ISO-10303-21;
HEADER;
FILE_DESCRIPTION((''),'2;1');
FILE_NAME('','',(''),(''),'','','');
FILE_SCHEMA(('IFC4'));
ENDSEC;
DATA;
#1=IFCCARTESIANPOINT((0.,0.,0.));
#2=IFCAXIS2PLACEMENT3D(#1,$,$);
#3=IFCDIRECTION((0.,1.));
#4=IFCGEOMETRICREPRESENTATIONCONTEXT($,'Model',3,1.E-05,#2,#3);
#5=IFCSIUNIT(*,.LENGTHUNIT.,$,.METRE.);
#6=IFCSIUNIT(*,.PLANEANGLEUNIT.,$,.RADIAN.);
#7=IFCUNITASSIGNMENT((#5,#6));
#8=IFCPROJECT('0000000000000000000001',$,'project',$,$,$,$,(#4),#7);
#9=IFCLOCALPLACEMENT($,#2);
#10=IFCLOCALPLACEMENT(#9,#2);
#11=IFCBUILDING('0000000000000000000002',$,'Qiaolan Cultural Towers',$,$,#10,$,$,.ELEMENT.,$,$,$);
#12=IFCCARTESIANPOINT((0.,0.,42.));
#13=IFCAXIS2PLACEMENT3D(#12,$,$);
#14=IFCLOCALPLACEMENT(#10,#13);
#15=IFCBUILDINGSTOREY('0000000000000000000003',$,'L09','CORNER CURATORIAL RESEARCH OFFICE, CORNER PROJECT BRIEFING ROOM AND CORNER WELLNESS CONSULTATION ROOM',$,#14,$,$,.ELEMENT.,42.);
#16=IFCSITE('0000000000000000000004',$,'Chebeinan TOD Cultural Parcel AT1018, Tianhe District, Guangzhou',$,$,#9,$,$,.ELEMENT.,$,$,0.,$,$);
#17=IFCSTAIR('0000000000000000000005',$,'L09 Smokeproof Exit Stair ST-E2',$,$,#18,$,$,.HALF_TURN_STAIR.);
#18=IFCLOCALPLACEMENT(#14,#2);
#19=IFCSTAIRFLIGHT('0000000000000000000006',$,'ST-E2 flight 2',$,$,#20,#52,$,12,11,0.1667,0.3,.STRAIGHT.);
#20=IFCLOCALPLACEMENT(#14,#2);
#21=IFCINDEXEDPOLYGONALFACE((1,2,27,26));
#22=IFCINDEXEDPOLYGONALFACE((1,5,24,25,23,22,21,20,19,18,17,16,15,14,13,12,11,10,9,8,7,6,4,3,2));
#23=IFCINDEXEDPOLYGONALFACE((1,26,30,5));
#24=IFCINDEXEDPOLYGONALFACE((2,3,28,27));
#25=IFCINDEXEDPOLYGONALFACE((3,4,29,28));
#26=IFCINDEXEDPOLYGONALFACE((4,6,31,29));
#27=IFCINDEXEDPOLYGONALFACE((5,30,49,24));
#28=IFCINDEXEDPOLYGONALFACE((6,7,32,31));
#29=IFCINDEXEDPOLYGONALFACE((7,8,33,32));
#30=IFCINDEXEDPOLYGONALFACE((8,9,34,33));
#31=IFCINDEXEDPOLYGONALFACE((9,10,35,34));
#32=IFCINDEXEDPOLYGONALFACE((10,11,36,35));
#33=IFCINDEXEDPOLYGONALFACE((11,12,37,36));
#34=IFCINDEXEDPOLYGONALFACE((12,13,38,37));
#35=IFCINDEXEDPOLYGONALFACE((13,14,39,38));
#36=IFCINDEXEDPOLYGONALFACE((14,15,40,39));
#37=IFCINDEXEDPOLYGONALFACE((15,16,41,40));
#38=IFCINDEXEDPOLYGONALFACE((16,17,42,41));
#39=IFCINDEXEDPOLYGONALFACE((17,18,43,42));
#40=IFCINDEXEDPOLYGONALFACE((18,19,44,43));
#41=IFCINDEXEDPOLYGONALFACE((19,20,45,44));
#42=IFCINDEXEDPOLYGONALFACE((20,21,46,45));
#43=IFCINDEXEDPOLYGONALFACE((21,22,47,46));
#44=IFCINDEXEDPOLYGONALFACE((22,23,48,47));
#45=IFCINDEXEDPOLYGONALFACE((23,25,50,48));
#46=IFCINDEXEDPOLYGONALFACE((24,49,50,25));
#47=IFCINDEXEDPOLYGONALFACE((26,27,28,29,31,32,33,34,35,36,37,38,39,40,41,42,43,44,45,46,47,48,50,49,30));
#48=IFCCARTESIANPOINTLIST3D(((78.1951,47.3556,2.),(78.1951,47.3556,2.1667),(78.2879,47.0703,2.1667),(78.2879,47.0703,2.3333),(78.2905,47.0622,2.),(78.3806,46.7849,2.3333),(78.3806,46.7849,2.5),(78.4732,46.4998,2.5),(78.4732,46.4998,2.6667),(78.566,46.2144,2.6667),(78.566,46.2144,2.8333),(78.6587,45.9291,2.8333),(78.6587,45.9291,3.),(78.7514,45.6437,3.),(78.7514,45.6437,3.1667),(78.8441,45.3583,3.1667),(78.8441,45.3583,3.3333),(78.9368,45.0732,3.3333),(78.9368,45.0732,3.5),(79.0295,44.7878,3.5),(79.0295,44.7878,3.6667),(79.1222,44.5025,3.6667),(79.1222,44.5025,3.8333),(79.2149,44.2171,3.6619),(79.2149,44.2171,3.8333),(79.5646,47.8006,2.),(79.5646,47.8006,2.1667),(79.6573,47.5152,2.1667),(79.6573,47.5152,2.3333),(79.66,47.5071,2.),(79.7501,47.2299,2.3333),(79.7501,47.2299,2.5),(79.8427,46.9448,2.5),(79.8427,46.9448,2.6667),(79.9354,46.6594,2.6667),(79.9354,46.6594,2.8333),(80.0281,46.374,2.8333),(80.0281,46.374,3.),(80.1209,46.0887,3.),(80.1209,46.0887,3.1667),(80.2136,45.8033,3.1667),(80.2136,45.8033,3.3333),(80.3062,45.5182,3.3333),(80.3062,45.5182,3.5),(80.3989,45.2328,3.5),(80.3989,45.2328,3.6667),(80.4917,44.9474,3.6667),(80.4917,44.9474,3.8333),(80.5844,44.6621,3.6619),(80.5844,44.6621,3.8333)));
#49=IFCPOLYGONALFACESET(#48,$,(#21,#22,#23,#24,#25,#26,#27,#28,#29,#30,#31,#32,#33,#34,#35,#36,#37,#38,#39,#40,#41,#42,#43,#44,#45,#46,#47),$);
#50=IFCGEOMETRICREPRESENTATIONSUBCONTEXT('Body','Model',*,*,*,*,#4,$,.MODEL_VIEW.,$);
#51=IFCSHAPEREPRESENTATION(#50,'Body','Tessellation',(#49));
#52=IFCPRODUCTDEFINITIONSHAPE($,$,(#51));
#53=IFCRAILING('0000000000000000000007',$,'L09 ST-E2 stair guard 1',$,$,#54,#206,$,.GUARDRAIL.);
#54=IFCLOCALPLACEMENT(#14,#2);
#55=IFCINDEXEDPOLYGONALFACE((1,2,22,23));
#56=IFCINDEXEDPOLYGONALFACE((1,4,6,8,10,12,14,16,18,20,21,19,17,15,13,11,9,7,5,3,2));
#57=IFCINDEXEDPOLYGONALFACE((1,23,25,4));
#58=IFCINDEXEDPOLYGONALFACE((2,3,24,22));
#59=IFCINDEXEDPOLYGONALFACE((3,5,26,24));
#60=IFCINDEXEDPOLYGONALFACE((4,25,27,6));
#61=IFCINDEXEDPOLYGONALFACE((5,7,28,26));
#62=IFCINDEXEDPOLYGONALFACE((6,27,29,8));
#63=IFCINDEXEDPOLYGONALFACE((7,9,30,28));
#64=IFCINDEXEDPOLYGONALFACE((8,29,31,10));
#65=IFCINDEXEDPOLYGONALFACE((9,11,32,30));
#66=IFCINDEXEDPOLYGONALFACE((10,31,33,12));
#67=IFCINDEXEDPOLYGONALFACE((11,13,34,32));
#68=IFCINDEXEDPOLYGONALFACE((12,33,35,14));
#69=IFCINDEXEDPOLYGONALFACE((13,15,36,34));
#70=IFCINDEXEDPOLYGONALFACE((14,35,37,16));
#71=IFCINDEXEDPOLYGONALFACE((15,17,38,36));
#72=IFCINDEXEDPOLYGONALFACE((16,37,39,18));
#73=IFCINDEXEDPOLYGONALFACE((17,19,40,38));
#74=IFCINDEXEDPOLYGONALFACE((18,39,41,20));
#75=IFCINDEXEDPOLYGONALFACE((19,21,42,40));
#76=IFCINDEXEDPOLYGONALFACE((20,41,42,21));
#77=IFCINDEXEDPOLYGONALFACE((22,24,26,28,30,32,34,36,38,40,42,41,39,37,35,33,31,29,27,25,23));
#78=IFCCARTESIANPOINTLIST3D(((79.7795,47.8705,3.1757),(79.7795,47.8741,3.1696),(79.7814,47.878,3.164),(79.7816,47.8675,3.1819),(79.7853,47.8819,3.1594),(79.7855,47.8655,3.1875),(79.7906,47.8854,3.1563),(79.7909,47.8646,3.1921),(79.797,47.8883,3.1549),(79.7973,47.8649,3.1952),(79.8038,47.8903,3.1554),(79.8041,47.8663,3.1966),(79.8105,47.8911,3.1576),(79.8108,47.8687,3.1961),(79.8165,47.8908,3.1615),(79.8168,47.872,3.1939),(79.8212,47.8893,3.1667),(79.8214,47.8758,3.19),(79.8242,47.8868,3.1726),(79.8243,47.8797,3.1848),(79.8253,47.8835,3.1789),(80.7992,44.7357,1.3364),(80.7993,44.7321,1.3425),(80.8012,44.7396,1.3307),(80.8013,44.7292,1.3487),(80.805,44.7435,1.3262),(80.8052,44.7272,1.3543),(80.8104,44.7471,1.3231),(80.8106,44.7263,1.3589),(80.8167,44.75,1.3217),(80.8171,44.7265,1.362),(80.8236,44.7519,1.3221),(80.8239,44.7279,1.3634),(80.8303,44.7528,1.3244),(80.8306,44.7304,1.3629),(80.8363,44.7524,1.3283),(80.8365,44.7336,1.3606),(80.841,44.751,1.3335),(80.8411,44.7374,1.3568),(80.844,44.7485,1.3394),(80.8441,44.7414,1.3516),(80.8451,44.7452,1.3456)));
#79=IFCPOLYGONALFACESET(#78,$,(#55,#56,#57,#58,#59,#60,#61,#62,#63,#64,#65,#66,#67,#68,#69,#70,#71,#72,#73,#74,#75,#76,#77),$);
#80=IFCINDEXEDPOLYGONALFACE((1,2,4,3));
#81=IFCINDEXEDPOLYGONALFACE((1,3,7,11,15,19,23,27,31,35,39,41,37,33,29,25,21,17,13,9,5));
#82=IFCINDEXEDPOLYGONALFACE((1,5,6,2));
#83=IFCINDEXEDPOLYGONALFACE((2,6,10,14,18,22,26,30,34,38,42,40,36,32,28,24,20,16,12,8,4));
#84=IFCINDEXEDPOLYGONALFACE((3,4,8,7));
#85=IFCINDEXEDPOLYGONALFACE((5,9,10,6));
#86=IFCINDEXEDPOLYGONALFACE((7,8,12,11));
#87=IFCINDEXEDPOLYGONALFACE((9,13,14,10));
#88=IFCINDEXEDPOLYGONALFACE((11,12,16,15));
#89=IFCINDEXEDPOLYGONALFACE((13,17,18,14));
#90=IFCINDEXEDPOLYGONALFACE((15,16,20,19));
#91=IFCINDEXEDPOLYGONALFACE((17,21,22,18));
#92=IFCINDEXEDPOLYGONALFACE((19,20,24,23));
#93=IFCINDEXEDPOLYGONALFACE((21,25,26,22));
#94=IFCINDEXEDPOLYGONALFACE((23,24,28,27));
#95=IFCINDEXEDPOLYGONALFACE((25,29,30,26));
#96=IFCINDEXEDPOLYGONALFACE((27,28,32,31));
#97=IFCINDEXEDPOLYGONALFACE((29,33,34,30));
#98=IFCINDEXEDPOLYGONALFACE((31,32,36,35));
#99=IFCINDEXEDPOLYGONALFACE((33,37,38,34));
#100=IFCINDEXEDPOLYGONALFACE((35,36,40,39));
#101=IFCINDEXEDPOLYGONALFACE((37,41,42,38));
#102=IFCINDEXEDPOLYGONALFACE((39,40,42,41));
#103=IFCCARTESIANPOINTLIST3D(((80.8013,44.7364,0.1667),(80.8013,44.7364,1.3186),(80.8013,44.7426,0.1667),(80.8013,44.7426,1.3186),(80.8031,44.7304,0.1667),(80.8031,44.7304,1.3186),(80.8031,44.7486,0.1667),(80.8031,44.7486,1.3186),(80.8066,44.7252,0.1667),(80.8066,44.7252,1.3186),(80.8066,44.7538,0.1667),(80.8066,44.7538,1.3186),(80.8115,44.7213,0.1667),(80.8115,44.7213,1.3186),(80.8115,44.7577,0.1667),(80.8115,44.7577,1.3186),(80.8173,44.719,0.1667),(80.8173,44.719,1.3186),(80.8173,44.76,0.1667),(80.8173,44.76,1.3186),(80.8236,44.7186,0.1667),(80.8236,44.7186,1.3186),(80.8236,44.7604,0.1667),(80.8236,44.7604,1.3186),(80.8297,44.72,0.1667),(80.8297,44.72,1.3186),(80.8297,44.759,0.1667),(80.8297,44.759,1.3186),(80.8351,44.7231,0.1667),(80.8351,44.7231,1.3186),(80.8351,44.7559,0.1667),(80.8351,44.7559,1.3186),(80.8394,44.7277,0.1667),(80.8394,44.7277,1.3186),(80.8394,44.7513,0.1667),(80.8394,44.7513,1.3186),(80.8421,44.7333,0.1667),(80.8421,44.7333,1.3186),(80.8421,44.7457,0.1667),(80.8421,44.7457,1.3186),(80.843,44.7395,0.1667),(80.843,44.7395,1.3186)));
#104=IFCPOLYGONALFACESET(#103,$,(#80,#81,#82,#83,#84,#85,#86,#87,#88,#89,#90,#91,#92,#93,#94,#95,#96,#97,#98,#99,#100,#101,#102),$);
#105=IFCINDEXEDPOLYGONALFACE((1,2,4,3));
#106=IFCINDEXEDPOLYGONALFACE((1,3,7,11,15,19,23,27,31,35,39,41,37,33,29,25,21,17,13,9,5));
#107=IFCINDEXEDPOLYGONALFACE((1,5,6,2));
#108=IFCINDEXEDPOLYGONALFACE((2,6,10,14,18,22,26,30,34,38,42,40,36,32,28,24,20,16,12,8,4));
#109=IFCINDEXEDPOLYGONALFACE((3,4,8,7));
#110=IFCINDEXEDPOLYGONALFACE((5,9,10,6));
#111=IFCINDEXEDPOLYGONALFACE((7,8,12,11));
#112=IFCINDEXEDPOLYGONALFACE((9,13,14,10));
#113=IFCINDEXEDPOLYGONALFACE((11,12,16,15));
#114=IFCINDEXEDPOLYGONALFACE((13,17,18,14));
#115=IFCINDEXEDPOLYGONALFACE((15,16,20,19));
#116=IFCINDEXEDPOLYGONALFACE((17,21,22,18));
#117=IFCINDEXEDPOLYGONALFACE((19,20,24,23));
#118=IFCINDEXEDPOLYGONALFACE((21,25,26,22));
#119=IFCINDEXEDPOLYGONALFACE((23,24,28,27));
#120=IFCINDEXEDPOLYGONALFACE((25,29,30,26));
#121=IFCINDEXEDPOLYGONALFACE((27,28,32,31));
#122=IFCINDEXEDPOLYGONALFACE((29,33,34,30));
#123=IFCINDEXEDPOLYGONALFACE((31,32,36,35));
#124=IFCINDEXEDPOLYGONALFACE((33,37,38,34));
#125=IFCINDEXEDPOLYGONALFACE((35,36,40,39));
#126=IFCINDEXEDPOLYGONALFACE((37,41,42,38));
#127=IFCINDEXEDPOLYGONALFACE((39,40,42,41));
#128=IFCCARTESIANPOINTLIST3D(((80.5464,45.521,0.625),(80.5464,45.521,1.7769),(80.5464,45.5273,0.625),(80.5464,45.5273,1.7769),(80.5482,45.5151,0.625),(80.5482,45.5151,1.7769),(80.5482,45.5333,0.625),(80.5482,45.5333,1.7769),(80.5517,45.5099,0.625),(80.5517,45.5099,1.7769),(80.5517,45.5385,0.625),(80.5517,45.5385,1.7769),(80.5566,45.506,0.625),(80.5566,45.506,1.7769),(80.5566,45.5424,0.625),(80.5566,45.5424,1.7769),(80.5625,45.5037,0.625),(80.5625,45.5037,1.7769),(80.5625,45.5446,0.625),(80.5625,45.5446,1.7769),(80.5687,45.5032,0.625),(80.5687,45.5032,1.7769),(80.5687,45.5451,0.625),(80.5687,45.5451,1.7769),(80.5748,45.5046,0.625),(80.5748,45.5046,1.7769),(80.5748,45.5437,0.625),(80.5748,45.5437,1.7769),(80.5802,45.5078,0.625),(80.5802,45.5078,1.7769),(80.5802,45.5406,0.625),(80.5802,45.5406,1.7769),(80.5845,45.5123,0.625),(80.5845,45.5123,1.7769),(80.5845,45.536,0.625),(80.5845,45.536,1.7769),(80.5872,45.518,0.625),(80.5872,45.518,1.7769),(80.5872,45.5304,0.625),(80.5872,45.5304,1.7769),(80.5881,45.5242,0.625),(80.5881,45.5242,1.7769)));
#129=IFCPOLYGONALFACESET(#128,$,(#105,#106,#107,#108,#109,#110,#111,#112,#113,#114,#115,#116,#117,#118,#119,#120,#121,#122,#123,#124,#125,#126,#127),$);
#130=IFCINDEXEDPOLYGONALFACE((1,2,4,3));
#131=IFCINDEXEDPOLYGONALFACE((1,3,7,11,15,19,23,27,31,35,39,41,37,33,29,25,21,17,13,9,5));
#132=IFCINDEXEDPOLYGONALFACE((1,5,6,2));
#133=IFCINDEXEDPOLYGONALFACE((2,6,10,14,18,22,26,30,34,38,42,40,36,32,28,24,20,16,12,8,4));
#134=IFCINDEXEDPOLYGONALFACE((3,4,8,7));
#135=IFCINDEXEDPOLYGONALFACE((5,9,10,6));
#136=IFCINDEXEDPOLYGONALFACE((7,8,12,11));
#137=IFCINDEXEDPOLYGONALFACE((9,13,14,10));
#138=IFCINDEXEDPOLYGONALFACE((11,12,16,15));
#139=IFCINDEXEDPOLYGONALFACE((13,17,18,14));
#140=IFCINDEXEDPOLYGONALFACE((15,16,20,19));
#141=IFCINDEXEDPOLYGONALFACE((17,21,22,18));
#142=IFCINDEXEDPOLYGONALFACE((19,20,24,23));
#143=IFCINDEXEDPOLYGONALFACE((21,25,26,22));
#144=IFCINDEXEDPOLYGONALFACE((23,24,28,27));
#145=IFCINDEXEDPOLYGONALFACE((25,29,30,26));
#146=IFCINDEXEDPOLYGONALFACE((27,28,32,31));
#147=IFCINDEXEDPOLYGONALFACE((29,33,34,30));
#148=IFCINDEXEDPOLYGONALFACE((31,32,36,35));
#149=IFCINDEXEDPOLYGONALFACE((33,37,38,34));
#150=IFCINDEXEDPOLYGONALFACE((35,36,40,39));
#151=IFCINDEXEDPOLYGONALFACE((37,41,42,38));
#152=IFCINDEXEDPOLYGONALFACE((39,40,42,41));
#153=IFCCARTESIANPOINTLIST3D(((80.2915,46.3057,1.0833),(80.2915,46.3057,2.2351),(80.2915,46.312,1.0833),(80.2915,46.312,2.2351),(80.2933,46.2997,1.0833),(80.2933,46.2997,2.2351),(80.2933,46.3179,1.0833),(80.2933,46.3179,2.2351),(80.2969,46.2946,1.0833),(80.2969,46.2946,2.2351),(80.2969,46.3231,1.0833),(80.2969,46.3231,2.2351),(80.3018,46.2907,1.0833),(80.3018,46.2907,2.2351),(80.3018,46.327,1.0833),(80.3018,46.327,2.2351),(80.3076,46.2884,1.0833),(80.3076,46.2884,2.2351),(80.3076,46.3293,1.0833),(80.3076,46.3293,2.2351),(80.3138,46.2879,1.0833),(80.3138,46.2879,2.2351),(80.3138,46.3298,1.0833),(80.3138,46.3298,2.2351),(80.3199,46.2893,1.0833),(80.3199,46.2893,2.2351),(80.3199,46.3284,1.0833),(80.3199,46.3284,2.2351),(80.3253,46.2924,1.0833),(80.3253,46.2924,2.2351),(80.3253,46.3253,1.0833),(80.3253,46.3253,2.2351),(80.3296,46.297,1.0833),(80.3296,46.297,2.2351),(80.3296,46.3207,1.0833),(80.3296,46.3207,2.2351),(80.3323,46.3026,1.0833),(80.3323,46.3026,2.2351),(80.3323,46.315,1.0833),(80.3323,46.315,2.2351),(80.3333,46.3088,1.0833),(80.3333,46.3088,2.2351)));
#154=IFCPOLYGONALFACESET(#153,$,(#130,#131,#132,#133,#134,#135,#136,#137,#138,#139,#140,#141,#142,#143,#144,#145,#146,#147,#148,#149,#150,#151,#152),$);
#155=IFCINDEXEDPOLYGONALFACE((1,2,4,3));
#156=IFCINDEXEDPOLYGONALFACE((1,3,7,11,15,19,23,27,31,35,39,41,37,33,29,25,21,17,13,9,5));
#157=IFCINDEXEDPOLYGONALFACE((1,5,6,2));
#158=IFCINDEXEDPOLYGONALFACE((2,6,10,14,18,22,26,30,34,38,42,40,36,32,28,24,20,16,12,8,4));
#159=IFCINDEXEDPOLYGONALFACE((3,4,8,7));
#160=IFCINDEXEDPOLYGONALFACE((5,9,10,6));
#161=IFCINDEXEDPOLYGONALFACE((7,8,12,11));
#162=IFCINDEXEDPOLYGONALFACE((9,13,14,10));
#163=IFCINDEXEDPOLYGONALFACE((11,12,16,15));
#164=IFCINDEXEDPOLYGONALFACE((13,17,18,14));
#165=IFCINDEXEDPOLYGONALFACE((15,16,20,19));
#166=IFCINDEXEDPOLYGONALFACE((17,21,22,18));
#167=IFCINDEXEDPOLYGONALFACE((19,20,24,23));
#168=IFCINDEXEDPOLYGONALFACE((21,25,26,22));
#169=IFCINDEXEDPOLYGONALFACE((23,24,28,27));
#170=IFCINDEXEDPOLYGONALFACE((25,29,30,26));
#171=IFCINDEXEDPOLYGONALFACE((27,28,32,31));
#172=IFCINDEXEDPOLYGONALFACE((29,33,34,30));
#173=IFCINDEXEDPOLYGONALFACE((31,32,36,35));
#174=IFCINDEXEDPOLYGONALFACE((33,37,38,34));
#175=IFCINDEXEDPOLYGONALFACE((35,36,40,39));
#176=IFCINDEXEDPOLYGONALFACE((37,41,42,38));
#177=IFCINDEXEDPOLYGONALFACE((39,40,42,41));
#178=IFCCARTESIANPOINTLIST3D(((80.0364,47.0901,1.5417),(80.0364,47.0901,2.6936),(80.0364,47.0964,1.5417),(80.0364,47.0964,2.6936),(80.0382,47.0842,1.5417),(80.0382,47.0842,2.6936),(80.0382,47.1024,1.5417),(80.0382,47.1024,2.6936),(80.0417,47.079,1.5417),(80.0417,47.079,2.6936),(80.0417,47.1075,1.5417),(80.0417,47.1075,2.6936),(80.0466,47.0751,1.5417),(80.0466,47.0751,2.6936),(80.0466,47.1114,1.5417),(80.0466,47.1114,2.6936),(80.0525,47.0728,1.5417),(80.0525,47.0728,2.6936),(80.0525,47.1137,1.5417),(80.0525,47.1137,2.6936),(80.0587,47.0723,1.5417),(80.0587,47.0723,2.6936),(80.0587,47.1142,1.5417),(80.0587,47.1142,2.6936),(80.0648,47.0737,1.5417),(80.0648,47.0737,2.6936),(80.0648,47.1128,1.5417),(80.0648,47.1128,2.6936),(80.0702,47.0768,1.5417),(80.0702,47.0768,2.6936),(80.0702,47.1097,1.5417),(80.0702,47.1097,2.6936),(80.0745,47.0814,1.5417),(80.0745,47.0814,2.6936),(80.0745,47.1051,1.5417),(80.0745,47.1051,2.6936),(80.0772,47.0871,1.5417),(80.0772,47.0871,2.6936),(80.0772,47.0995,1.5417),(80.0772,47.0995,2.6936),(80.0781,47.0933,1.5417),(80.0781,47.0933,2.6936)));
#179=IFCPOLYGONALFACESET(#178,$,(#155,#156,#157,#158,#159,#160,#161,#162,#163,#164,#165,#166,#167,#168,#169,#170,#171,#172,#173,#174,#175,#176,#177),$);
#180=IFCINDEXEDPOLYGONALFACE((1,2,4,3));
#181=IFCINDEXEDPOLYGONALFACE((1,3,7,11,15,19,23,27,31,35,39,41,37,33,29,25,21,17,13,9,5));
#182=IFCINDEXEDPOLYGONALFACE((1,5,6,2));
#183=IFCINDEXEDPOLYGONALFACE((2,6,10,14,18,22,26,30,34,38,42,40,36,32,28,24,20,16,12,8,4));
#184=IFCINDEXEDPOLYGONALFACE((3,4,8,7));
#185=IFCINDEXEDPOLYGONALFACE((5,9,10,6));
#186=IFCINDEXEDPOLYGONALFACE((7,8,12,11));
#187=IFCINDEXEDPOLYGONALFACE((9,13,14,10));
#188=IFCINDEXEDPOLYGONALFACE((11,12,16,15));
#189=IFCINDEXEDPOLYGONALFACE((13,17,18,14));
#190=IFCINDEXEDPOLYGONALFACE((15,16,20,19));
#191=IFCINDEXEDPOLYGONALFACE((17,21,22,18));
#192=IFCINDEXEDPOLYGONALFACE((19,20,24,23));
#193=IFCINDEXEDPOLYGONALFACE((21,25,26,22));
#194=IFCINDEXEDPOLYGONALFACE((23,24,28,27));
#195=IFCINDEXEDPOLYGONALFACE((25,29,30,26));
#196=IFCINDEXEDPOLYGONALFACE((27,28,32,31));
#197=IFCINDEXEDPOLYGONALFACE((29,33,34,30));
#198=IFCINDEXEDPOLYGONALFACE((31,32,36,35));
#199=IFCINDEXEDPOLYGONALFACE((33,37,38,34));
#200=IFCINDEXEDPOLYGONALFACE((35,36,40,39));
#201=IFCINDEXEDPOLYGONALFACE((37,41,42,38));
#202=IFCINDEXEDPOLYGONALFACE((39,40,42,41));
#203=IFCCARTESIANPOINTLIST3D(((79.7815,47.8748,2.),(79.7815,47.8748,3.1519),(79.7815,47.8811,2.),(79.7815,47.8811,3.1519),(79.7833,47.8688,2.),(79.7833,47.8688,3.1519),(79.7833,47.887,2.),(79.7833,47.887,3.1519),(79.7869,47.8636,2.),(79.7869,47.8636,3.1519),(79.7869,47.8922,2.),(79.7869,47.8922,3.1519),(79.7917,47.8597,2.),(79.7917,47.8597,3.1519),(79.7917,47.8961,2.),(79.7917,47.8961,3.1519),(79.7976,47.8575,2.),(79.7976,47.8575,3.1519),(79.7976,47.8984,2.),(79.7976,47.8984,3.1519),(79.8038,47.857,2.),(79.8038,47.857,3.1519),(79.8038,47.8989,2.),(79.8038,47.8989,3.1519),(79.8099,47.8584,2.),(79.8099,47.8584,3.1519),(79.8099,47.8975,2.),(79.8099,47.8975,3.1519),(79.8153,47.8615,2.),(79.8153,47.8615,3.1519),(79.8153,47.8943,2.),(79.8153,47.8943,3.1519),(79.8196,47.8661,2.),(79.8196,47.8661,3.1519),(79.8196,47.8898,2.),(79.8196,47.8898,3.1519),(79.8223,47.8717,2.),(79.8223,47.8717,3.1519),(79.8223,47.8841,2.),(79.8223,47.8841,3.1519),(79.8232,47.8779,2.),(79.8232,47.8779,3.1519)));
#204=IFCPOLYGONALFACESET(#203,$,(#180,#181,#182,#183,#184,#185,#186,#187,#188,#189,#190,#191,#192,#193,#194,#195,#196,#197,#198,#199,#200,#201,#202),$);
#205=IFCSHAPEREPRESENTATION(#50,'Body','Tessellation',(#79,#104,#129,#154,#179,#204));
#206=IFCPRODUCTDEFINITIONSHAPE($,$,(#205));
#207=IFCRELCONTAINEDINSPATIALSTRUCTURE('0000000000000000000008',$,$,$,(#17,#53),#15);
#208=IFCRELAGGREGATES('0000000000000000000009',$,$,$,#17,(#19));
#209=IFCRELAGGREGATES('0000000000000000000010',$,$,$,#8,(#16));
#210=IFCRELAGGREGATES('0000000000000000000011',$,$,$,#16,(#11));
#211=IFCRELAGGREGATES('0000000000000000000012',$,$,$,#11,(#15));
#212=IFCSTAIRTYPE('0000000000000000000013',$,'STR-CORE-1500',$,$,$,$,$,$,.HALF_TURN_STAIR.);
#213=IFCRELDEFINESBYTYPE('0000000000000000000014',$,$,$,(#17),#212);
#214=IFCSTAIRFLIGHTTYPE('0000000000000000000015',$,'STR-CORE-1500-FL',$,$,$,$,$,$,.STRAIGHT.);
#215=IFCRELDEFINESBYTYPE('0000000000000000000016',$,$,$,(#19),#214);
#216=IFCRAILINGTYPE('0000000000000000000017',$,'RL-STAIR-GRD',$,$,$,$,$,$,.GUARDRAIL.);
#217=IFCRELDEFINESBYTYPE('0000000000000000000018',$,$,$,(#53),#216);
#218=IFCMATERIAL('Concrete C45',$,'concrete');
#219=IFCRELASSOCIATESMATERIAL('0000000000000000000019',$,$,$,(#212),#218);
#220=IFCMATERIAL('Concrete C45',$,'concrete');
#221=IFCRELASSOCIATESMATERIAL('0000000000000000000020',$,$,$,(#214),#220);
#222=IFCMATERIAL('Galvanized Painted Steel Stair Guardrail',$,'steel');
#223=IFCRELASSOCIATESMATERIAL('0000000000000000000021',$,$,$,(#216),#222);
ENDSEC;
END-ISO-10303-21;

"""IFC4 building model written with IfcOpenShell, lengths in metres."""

from ifc_helpers import new_model, si_unit, direction, frame, origin, origin_2d, place, context, subcontext, project, spatial, polyline, circle, outline, extrude, material, type_object, element, aggregate, save


model = new_model("IFC4")

# Units and contexts
model_context = context("Model", 3, precision=1e-05, world=origin(), true_north=direction((0.0, 1.0)))
body_context = subcontext(model_context, "Body", "Model", "MODEL_VIEW")
ifc_project = project(units=[si_unit("LENGTHUNIT", "METRE"), si_unit("PLANEANGLEUNIT", "RADIAN")], contexts=[model_context])

# Site, building, storey
site_placement = place(None, origin())
site = spatial("IfcSite", under=ifc_project, at=site_placement, Name="Chebeinan TOD Cultural Parcel AT1018, Tianhe District, Guangzhou", CompositionType="ELEMENT", RefElevation=0.0)
building_placement = place(site_placement, origin())
building = spatial("IfcBuilding", under=site, at=building_placement, Name="Qiaolan Cultural Towers", CompositionType="ELEMENT")
storey_placement = place(building_placement, frame((0.0, 0.0, 42.0)))
storey = spatial("IfcBuildingStorey", under=building, at=storey_placement, Name="L09", Description="CORNER CURATORIAL RESEARCH OFFICE, CORNER PROJECT BRIEFING ROOM AND CORNER WELLNESS CONSULTATION ROOM", CompositionType="ELEMENT", Elevation=42.0)

# Stair, stair flight
ifc_material_1 = material(Name="Concrete C45", Category="concrete")
stair_type = type_object("IfcStairType", Name="STR-CORE-1500", PredefinedType="HALF_TURN_STAIR", material=ifc_material_1)
stair_placement = place(storey_placement, origin())
stair = element("IfcStair", 1, at=stair_placement, inside=storey, type_object=stair_type, Name="L09 Smokeproof Exit Stair ST-E2", PredefinedType="HALF_TURN_STAIR")
ifc_material_2 = material(Name="Concrete C45", Category="concrete")
stair_flight_type = type_object("IfcStairFlightType", Name="STR-CORE-1500-FL", PredefinedType="STRAIGHT", material=ifc_material_2)
stair_flight_1_placement = place(storey_placement, frame((78.8799, 47.5781, 2.0), z_axis=(0.0, 0.0, 1.0), x_axis=(0.309017, -0.951057, 0.0)))
stair_flight_1 = element("IfcStairFlight", 2, at=stair_flight_1_placement, type_object=stair_flight_type, Name="ST-E2 flight 2", NumberOfRisers=12, NumberOfTreads=11, PredefinedType="STRAIGHT", RiserHeight=0.1667, TreadLength=0.3, context=body_context, shape_type="SweptSolid", body=[
    extrude(outline(polyline([(0.0, 0.0), (0.0, 0.1667), (0.3, 0.1667), (0.3, 0.3333), (0.6001, 0.3333), (0.6001, 0.5), (0.8999, 0.5), (0.8999, 0.6667), (1.2, 0.6667), (1.2, 0.8333), (1.5, 0.8333), (1.5, 1.0), (1.8, 1.0), (1.8, 1.1667), (2.1001, 1.1667), (2.1001, 1.3333), (2.3999, 1.3333), (2.3999, 1.5), (2.7, 1.5), (2.7, 1.6667), (3.0, 1.6667), (3.0, 1.8333), (3.3, 1.8333), (3.3, 2.0), (3.3, 1.6619), (0.3086, 0.0), (0.0, 0.0)])), frame((0.0, 0.72, 0.0), z_axis=(0.0, -1.0, 0.0), x_axis=(1.0, 0.0, 0.0)), (0.0, 0.0, 1.0), 1.4399),
])
aggregate(stair, [stair_flight_1])

# Railing
ifc_material_3 = material(Name="Galvanized Painted Steel Stair Guardrail", Category="steel")
railing_type_1 = type_object("IfcRailingType", Name="RL-STAIR-GRD", PredefinedType="GUARDRAIL", material=ifc_material_3)
railing_1_placement = place(storey_placement, frame((80.822, 44.7395, 0.1667)))
element("IfcRailing", 3, at=railing_1_placement, inside=storey, type_object=railing_type_1, Name="L09 ST-E2 stair guard 1", PredefinedType="GUARDRAIL", context=body_context, shape_type="SweptSolid", body=[
    extrude(circle(Radius=0.0239, at=origin_2d()), frame((0.0, 0.0, 1.1758), z_axis=(-0.270141, 0.831376, 0.485632), x_axis=(-0.951053, -0.309028, 0.0)), (0.0, 0.0, 1.0), 3.7749),
    extrude(circle(Radius=0.021, at=origin_2d()), origin(), (0.0, 0.0, 1.0), 1.1519),
    extrude(circle(Radius=0.021, at=origin_2d()), frame((-0.2549, 0.7847, 0.4583)), (0.0, 0.0, 1.0), 1.1519),
    extrude(circle(Radius=0.021, at=origin_2d()), frame((-0.5098, 1.5693, 0.9165)), (0.0, 0.0, 1.0), 1.1519),
    extrude(circle(Radius=0.021, at=origin_2d()), frame((-0.7649, 2.3538, 1.375)), (0.0, 0.0, 1.0), 1.1519),
    extrude(circle(Radius=0.021, at=origin_2d()), frame((-1.0198, 3.1384, 1.8333)), (0.0, 0.0, 1.0), 1.1519),
])

save(model, "model.ifc")
